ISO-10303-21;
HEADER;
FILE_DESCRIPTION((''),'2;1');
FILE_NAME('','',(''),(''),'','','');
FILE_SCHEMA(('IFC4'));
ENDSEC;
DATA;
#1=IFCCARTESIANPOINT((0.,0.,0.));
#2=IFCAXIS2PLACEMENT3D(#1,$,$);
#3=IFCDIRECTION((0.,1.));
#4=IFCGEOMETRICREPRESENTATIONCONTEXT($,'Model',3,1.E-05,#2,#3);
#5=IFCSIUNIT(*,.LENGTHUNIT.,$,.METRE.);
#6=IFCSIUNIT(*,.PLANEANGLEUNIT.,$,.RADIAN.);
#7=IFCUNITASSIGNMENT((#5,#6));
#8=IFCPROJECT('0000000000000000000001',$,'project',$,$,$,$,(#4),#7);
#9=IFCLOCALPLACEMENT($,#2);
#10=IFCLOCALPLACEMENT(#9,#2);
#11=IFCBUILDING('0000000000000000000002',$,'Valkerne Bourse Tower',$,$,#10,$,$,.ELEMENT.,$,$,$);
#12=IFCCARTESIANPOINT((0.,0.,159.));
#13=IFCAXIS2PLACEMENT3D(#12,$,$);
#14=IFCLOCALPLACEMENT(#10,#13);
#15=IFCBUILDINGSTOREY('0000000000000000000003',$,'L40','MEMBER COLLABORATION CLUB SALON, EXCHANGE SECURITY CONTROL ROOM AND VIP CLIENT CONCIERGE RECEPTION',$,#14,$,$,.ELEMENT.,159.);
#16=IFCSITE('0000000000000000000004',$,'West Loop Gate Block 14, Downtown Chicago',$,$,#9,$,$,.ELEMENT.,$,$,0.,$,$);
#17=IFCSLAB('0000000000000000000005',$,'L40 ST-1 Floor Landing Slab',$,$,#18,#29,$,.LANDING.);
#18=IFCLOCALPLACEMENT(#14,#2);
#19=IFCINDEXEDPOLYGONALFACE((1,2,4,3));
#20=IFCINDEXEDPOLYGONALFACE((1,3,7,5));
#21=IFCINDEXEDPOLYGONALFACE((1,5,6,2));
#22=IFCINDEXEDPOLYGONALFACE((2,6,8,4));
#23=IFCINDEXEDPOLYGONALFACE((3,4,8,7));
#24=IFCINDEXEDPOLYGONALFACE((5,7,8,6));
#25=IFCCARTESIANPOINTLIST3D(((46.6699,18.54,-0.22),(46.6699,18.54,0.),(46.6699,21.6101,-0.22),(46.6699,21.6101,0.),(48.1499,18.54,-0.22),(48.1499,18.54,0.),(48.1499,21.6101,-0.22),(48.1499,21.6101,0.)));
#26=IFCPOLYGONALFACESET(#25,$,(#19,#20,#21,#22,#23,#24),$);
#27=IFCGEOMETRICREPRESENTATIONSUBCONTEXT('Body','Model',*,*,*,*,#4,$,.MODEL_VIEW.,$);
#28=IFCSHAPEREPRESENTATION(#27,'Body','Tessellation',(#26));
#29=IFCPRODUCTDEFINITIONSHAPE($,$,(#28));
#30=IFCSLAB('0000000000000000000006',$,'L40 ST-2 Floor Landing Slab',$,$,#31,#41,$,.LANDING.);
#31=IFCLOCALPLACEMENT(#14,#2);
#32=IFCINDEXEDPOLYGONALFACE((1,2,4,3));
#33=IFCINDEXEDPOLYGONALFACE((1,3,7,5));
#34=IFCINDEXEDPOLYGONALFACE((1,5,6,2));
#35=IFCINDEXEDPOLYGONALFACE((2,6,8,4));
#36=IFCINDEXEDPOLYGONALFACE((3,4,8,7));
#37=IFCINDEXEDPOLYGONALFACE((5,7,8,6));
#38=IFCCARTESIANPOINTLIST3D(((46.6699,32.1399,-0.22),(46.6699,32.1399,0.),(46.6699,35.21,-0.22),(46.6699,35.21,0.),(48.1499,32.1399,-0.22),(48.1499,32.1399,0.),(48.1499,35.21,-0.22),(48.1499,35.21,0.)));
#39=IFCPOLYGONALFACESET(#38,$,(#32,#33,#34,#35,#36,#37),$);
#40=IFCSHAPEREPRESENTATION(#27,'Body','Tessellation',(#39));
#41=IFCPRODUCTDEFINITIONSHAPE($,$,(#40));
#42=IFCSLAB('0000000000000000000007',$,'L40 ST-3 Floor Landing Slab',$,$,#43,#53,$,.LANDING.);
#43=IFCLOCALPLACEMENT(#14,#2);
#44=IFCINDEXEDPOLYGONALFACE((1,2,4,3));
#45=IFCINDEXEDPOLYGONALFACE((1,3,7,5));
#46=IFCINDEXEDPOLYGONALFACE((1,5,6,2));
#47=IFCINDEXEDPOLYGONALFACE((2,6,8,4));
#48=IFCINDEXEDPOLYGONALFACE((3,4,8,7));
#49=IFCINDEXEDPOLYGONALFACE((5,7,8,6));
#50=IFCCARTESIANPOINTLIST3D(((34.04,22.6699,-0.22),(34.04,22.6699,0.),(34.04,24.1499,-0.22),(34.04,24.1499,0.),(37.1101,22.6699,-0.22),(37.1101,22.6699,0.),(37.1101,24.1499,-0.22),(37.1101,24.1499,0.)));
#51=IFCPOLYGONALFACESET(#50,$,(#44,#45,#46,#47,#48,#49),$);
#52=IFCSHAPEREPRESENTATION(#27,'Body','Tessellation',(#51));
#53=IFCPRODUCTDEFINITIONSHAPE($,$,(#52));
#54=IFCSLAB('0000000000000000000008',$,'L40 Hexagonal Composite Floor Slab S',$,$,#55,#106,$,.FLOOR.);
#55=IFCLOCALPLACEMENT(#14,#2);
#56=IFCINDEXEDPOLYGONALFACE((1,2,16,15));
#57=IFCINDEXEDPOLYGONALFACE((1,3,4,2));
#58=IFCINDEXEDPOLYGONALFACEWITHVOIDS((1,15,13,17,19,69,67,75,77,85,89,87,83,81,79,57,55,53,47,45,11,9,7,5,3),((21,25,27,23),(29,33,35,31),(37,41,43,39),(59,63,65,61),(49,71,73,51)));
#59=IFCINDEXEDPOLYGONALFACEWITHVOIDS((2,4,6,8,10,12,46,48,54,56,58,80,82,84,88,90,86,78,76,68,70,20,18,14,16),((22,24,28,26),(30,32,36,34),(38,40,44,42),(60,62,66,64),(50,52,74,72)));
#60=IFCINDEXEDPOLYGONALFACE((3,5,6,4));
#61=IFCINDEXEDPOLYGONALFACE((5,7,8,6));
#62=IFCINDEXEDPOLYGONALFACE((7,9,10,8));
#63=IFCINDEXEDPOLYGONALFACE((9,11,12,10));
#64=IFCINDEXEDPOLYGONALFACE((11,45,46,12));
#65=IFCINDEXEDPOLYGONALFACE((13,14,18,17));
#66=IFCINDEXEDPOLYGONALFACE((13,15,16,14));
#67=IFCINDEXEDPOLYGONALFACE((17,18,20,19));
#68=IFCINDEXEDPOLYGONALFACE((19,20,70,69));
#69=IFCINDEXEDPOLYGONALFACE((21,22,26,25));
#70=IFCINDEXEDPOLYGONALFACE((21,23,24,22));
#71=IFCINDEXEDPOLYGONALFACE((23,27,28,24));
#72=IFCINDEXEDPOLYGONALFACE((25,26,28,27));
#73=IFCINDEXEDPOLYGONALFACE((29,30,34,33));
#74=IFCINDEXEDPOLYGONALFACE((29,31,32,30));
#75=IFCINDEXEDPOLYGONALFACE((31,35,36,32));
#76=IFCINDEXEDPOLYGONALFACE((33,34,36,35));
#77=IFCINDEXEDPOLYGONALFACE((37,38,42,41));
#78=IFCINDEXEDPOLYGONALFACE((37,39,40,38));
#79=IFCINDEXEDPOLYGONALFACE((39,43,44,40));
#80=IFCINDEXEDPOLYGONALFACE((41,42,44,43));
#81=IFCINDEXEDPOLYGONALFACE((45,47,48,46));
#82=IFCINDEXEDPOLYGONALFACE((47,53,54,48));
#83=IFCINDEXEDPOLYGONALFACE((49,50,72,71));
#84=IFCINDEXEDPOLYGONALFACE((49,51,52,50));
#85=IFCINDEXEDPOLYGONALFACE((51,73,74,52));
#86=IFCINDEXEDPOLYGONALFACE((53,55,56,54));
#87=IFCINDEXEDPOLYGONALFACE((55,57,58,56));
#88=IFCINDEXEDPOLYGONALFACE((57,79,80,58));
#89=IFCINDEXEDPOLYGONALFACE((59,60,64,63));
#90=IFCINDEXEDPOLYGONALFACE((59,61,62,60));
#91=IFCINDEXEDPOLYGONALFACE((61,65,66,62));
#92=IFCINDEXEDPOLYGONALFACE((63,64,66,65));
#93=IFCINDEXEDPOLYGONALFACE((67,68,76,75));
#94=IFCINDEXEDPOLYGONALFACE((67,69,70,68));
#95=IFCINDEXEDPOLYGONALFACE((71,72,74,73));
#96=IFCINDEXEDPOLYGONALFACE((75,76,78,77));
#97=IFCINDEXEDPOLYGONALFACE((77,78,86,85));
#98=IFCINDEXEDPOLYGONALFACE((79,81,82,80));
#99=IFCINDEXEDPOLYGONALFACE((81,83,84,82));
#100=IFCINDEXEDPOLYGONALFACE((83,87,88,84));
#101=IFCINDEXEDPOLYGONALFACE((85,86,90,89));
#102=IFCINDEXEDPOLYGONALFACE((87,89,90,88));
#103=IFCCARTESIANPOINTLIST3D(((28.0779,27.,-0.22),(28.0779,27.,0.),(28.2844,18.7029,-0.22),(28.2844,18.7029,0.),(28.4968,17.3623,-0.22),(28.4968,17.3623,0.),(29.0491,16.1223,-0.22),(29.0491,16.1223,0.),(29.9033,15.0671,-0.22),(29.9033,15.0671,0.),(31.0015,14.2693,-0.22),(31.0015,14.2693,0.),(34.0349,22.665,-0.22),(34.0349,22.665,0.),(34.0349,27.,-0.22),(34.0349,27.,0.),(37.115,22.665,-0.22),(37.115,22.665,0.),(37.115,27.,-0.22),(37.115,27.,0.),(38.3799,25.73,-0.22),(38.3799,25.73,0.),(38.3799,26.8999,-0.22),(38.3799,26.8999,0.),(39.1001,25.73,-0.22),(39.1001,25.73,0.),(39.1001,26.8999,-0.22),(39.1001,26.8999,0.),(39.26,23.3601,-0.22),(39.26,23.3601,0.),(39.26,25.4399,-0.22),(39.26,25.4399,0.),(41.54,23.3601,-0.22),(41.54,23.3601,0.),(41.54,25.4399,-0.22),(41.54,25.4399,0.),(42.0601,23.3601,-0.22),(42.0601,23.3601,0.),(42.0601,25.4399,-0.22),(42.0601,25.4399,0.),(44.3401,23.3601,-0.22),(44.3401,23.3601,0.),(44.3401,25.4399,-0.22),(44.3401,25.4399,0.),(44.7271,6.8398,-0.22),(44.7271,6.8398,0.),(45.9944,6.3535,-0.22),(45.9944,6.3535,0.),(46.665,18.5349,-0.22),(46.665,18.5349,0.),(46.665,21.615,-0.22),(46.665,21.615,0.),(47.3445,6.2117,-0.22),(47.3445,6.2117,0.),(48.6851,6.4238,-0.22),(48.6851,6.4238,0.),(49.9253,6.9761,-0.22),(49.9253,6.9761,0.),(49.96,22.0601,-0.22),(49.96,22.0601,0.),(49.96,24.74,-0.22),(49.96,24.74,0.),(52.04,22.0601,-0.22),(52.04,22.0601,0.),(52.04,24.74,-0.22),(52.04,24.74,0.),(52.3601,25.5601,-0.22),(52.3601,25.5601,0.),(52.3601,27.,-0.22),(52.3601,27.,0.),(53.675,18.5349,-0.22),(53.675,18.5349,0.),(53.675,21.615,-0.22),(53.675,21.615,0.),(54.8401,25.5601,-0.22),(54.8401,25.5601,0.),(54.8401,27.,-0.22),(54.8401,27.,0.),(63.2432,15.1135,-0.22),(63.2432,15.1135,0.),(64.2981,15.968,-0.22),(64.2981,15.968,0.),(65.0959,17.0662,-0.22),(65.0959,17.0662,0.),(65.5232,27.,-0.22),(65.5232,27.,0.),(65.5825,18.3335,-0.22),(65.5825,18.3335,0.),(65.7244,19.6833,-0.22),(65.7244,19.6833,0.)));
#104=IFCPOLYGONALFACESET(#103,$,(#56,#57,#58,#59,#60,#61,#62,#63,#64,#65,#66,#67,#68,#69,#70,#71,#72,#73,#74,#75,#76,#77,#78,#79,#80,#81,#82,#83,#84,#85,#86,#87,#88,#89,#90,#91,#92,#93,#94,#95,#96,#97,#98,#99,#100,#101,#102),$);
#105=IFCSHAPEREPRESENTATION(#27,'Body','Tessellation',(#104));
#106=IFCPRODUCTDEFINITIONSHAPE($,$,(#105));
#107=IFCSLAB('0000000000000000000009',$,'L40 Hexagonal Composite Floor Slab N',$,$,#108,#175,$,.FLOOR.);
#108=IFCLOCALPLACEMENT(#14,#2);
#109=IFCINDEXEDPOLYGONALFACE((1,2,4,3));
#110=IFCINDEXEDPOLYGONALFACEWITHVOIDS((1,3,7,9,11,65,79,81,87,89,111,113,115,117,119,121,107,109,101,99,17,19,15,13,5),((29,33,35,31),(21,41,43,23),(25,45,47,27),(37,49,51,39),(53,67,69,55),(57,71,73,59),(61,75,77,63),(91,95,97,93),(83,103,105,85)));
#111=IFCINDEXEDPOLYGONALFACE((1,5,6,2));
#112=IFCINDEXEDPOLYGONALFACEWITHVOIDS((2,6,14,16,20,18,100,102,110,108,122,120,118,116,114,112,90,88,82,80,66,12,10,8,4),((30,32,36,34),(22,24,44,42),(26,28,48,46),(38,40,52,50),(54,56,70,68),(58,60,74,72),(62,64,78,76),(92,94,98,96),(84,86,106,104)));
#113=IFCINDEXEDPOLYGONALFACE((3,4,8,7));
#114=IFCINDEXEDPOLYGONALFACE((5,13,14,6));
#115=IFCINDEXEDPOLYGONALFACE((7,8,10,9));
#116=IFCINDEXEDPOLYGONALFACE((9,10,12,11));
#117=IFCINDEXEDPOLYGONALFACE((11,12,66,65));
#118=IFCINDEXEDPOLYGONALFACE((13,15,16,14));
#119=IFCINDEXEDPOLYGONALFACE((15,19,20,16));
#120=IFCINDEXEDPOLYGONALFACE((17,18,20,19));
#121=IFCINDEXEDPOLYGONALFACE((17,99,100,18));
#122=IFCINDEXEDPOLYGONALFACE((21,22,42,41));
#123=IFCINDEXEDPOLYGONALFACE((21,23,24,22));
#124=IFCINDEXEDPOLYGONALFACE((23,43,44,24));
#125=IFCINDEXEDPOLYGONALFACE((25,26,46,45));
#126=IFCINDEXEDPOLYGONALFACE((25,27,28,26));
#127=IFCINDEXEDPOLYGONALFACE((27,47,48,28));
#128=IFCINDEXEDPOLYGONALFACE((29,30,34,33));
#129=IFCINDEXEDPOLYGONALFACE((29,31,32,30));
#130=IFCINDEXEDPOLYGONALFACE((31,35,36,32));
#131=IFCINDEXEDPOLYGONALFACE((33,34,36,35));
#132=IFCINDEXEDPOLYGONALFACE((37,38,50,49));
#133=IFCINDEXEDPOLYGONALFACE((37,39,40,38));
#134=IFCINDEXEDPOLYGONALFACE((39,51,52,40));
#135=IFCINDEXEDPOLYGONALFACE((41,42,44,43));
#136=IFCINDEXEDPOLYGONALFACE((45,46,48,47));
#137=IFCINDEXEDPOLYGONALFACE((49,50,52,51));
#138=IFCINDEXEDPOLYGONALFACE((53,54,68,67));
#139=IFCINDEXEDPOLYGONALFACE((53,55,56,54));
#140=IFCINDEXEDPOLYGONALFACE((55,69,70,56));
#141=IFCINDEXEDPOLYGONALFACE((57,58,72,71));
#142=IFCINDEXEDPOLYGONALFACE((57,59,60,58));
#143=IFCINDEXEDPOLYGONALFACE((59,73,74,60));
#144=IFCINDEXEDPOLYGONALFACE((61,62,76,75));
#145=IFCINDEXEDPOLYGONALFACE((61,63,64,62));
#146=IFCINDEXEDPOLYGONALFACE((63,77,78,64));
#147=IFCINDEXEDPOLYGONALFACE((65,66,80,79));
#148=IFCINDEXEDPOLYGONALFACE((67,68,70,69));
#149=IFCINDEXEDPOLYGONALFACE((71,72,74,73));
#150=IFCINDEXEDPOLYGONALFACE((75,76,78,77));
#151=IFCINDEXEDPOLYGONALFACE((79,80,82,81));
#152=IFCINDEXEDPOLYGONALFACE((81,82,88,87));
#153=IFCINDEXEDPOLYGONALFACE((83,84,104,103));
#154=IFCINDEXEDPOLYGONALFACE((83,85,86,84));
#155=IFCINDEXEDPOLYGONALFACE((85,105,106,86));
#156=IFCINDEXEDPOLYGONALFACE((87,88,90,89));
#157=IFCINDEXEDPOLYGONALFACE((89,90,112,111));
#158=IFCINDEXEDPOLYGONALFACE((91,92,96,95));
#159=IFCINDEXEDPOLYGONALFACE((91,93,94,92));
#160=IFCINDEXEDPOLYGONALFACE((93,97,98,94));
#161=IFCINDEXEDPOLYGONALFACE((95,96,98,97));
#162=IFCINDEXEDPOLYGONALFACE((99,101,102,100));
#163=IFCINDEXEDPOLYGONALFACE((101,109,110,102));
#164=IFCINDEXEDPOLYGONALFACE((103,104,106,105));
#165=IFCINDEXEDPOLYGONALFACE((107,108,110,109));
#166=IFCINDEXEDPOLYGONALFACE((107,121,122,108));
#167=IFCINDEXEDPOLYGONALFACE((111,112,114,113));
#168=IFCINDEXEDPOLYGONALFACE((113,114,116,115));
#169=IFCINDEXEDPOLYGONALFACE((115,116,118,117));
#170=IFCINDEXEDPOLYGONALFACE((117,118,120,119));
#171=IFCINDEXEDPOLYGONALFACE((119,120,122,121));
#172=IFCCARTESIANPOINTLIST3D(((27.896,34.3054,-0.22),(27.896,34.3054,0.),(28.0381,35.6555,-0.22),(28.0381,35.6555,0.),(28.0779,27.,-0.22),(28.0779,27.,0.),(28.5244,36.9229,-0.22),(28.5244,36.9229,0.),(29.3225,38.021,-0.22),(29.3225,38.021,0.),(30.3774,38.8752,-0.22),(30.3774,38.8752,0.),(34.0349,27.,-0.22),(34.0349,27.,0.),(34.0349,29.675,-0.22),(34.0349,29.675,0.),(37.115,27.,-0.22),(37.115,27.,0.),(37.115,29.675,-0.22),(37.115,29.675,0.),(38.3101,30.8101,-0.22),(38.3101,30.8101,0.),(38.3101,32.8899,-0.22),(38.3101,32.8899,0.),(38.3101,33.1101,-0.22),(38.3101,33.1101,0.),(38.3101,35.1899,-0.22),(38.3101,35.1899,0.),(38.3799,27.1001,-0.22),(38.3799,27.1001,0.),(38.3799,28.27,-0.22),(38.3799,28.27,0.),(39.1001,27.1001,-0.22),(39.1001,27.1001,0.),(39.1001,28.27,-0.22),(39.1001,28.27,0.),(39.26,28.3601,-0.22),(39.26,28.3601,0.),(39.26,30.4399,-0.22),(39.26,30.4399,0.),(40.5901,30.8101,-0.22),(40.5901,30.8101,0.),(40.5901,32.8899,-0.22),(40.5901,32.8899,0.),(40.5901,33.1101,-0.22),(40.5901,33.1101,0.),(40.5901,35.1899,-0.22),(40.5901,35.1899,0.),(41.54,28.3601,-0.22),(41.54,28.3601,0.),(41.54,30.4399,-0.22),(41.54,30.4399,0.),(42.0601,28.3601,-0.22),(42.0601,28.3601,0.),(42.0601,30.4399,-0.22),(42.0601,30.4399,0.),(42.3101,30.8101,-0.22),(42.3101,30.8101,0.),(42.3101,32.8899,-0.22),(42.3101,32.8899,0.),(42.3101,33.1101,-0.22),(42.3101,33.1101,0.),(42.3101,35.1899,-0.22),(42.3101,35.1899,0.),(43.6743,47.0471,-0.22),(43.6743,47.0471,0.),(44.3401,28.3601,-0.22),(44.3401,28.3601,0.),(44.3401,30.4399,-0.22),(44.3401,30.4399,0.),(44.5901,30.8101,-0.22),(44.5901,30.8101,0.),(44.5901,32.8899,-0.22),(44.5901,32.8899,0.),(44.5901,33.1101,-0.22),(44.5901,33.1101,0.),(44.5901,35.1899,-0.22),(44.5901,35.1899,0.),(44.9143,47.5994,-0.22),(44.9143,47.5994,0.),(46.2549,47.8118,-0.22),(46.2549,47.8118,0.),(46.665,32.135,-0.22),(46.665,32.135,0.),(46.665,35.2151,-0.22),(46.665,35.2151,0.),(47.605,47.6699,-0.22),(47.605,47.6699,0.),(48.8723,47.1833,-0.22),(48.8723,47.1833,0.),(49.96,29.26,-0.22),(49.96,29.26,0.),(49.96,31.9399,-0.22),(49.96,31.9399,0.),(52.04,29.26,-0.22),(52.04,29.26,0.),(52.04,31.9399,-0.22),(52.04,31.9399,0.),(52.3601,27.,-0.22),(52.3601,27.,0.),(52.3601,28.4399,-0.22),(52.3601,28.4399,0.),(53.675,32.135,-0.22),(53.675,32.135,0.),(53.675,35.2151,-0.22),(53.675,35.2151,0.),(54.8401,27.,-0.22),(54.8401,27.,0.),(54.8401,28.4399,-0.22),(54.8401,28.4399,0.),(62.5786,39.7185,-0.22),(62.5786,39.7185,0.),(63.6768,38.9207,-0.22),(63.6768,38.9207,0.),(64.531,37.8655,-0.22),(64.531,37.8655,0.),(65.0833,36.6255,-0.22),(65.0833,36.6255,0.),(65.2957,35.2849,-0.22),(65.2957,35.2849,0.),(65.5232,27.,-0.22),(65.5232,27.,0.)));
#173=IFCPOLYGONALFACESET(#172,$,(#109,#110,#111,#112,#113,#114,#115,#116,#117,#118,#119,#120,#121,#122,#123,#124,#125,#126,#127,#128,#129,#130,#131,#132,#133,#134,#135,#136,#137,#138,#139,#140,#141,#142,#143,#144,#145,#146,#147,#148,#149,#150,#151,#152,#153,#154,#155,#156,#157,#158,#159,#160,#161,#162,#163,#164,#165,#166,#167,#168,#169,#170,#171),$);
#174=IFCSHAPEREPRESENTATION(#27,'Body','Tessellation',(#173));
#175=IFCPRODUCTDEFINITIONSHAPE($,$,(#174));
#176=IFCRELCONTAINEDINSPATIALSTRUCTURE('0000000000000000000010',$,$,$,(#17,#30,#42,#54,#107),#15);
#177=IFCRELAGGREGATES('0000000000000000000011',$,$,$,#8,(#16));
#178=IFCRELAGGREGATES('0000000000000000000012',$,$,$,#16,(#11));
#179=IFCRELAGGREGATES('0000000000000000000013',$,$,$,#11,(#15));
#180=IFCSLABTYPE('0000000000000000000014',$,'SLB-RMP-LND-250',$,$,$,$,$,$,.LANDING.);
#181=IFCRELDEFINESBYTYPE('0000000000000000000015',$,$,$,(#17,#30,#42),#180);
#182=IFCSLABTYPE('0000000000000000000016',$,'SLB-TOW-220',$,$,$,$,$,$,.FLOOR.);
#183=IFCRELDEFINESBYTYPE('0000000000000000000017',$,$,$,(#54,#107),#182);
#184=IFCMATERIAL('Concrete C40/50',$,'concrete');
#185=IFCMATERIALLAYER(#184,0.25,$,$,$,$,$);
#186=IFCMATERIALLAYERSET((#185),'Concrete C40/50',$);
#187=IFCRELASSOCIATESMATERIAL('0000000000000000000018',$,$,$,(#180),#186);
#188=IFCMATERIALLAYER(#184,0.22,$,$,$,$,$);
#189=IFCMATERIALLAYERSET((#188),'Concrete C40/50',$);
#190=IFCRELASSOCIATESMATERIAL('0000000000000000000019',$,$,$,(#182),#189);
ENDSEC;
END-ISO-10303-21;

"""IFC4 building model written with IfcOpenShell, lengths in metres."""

from ifc_helpers import new_model, si_unit, direction, frame, origin, place, context, subcontext, project, spatial, polyline, outline, extrude, material, layer, layer_set, type_object, element, save


model = new_model("IFC4")

# Units and contexts
model_context = context("Model", 3, precision=1e-05, world=origin(), true_north=direction((0.0, 1.0)))
body_context = subcontext(model_context, "Body", "Model", "MODEL_VIEW")
ifc_project = project(units=[si_unit("LENGTHUNIT", "METRE"), si_unit("PLANEANGLEUNIT", "RADIAN")], contexts=[model_context])

# Site, building, storey
site_placement = place(None, origin())
site = spatial("IfcSite", under=ifc_project, at=site_placement, Name="West Loop Gate Block 14, Downtown Chicago", CompositionType="ELEMENT", RefElevation=0.0)
building_placement = place(site_placement, origin())
building = spatial("IfcBuilding", under=site, at=building_placement, Name="Valkerne Bourse Tower", CompositionType="ELEMENT")
storey_placement = place(building_placement, frame((0.0, 0.0, 159.0)))
storey = spatial("IfcBuildingStorey", under=building, at=storey_placement, Name="L40", Description="MEMBER COLLABORATION CLUB SALON, EXCHANGE SECURITY CONTROL ROOM AND VIP CLIENT CONCIERGE RECEPTION", CompositionType="ELEMENT", Elevation=159.0)

# Slabs
ifc_material_1 = material(Name="Concrete C40/50", Category="concrete")
ifc_layer_1 = layer(ifc_material_1, 0.25)
ifc_layer_set_1 = layer_set([ifc_layer_1], Name="Concrete C40/50")
slab_type_1 = type_object("IfcSlabType", Name="SLB-RMP-LND-250", PredefinedType="LANDING", material=ifc_layer_set_1)
slab_1_placement = place(storey_placement, frame((0.0, 0.0, -0.22)))
element("IfcSlab", 1, at=slab_1_placement, inside=storey, type_object=slab_type_1, Name="L40 ST-1 Floor Landing Slab", PredefinedType="LANDING", context=body_context, shape_type="SweptSolid", body=[
    extrude(outline(polyline([(46.6699, 18.54), (48.1499, 18.54), (48.1499, 21.6101), (46.6699, 21.6101), (46.6699, 18.54)])), origin(), (0.0, 0.0, 1.0), 0.22),
])
slab_2_placement = place(storey_placement, frame((0.0, 0.0, -0.22)))
element("IfcSlab", 2, at=slab_2_placement, inside=storey, type_object=slab_type_1, Name="L40 ST-2 Floor Landing Slab", PredefinedType="LANDING", context=body_context, shape_type="SweptSolid", body=[
    extrude(outline(polyline([(46.6699, 32.1399), (48.1499, 32.1399), (48.1499, 35.21), (46.6699, 35.21), (46.6699, 32.1399)])), origin(), (0.0, 0.0, 1.0), 0.22),
])
slab_3_placement = place(storey_placement, frame((0.0, 0.0, -0.22)))
element("IfcSlab", 3, at=slab_3_placement, inside=storey, type_object=slab_type_1, Name="L40 ST-3 Floor Landing Slab", PredefinedType="LANDING", context=body_context, shape_type="SweptSolid", body=[
    extrude(outline(polyline([(37.1101, 22.6699), (37.1101, 24.1499), (34.04, 24.1499), (34.04, 22.6699), (37.1101, 22.6699)])), origin(), (0.0, 0.0, 1.0), 0.22),
])
ifc_layer_2 = layer(ifc_material_1, 0.22)
ifc_layer_set_2 = layer_set([ifc_layer_2], Name="Concrete C40/50")
slab_type_2 = type_object("IfcSlabType", Name="SLB-TOW-220", PredefinedType="FLOOR", material=ifc_layer_set_2)
slab_4_placement = place(storey_placement, frame((0.0, 0.0, -0.22)))
element("IfcSlab", 4, at=slab_4_placement, inside=storey, type_object=slab_type_2, Name="L40 Hexagonal Composite Floor Slab S", PredefinedType="FLOOR", context=body_context, shape_type="SweptSolid", body=[
    extrude(outline(polyline([(65.5825, 18.3335), (65.0959, 17.0662), (64.2981, 15.968), (63.2432, 15.1135), (49.9253, 6.9761), (48.6851, 6.4238), (47.3445, 6.2117), (45.9944, 6.3535), (44.7271, 6.8398), (31.0015, 14.2693), (29.9033, 15.0671), (29.0491, 16.1223), (28.4968, 17.3623), (28.2844, 18.7029), (28.0779, 27.0), (34.0349, 27.0), (34.0349, 22.665), (37.115, 22.665), (37.115, 27.0), (52.3601, 27.0), (52.3601, 25.5601), (54.8401, 25.5601), (54.8401, 27.0), (65.5232, 27.0), (65.7244, 19.6833), (65.5825, 18.3335)]), holes=[polyline([(41.54, 25.4399), (39.26, 25.4399), (39.26, 23.3601), (41.54, 23.3601), (41.54, 25.4399)]), polyline([(44.3401, 25.4399), (42.0601, 25.4399), (42.0601, 23.3601), (44.3401, 23.3601), (44.3401, 25.4399)]), polyline([(39.1001, 26.8999), (38.3799, 26.8999), (38.3799, 25.73), (39.1001, 25.73), (39.1001, 26.8999)]), polyline([(53.675, 21.615), (46.665, 21.615), (46.665, 18.5349), (53.675, 18.5349), (53.675, 21.615)]), polyline([(52.04, 24.74), (49.96, 24.74), (49.96, 22.0601), (52.04, 22.0601), (52.04, 24.74)])]), origin(), (0.0, 0.0, 1.0), 0.22),
])
slab_5_placement = place(storey_placement, frame((0.0, 0.0, -0.22)))
element("IfcSlab", 5, at=slab_5_placement, inside=storey, type_object=slab_type_2, Name="L40 Hexagonal Composite Floor Slab N", PredefinedType="FLOOR", context=body_context, shape_type="SweptSolid", body=[
    extrude(outline(polyline([(27.896, 34.3054), (28.0381, 35.6555), (28.5244, 36.9229), (29.3225, 38.021), (30.3774, 38.8752), (43.6743, 47.0471), (44.9143, 47.5994), (46.2549, 47.8118), (47.605, 47.6699), (48.8723, 47.1833), (62.5786, 39.7185), (63.6768, 38.9207), (64.531, 37.8655), (65.0833, 36.6255), (65.2957, 35.2849), (65.5232, 27.0), (54.8401, 27.0), (54.8401, 28.4399), (52.3601, 28.4399), (52.3601, 27.0), (37.115, 27.0), (37.115, 29.675), (34.0349, 29.675), (34.0349, 27.0), (28.0779, 27.0), (27.896, 34.3054)]), holes=[polyline([(39.1001, 28.27), (38.3799, 28.27), (38.3799, 27.1001), (39.1001, 27.1001), (39.1001, 28.27)]), polyline([(41.54, 30.4399), (39.26, 30.4399), (39.26, 28.3601), (41.54, 28.3601), (41.54, 30.4399)]), polyline([(40.5901, 32.8899), (38.3101, 32.8899), (38.3101, 30.8101), (40.5901, 30.8101), (40.5901, 32.8899)]), polyline([(40.5901, 35.1899), (38.3101, 35.1899), (38.3101, 33.1101), (40.5901, 33.1101), (40.5901, 35.1899)]), polyline([(44.3401, 30.4399), (42.0601, 30.4399), (42.0601, 28.3601), (44.3401, 28.3601), (44.3401, 30.4399)]), polyline([(52.04, 31.9399), (49.96, 31.9399), (49.96, 29.26), (52.04, 29.26), (52.04, 31.9399)]), polyline([(44.5901, 32.8899), (42.3101, 32.8899), (42.3101, 30.8101), (44.5901, 30.8101), (44.5901, 32.8899)]), polyline([(53.675, 35.2151), (46.665, 35.2151), (46.665, 32.135), (53.675, 32.135), (53.675, 35.2151)]), polyline([(44.5901, 35.1899), (42.3101, 35.1899), (42.3101, 33.1101), (44.5901, 33.1101), (44.5901, 35.1899)])]), origin(), (0.0, 0.0, 1.0), 0.22),
])

save(model, "model.ifc")
